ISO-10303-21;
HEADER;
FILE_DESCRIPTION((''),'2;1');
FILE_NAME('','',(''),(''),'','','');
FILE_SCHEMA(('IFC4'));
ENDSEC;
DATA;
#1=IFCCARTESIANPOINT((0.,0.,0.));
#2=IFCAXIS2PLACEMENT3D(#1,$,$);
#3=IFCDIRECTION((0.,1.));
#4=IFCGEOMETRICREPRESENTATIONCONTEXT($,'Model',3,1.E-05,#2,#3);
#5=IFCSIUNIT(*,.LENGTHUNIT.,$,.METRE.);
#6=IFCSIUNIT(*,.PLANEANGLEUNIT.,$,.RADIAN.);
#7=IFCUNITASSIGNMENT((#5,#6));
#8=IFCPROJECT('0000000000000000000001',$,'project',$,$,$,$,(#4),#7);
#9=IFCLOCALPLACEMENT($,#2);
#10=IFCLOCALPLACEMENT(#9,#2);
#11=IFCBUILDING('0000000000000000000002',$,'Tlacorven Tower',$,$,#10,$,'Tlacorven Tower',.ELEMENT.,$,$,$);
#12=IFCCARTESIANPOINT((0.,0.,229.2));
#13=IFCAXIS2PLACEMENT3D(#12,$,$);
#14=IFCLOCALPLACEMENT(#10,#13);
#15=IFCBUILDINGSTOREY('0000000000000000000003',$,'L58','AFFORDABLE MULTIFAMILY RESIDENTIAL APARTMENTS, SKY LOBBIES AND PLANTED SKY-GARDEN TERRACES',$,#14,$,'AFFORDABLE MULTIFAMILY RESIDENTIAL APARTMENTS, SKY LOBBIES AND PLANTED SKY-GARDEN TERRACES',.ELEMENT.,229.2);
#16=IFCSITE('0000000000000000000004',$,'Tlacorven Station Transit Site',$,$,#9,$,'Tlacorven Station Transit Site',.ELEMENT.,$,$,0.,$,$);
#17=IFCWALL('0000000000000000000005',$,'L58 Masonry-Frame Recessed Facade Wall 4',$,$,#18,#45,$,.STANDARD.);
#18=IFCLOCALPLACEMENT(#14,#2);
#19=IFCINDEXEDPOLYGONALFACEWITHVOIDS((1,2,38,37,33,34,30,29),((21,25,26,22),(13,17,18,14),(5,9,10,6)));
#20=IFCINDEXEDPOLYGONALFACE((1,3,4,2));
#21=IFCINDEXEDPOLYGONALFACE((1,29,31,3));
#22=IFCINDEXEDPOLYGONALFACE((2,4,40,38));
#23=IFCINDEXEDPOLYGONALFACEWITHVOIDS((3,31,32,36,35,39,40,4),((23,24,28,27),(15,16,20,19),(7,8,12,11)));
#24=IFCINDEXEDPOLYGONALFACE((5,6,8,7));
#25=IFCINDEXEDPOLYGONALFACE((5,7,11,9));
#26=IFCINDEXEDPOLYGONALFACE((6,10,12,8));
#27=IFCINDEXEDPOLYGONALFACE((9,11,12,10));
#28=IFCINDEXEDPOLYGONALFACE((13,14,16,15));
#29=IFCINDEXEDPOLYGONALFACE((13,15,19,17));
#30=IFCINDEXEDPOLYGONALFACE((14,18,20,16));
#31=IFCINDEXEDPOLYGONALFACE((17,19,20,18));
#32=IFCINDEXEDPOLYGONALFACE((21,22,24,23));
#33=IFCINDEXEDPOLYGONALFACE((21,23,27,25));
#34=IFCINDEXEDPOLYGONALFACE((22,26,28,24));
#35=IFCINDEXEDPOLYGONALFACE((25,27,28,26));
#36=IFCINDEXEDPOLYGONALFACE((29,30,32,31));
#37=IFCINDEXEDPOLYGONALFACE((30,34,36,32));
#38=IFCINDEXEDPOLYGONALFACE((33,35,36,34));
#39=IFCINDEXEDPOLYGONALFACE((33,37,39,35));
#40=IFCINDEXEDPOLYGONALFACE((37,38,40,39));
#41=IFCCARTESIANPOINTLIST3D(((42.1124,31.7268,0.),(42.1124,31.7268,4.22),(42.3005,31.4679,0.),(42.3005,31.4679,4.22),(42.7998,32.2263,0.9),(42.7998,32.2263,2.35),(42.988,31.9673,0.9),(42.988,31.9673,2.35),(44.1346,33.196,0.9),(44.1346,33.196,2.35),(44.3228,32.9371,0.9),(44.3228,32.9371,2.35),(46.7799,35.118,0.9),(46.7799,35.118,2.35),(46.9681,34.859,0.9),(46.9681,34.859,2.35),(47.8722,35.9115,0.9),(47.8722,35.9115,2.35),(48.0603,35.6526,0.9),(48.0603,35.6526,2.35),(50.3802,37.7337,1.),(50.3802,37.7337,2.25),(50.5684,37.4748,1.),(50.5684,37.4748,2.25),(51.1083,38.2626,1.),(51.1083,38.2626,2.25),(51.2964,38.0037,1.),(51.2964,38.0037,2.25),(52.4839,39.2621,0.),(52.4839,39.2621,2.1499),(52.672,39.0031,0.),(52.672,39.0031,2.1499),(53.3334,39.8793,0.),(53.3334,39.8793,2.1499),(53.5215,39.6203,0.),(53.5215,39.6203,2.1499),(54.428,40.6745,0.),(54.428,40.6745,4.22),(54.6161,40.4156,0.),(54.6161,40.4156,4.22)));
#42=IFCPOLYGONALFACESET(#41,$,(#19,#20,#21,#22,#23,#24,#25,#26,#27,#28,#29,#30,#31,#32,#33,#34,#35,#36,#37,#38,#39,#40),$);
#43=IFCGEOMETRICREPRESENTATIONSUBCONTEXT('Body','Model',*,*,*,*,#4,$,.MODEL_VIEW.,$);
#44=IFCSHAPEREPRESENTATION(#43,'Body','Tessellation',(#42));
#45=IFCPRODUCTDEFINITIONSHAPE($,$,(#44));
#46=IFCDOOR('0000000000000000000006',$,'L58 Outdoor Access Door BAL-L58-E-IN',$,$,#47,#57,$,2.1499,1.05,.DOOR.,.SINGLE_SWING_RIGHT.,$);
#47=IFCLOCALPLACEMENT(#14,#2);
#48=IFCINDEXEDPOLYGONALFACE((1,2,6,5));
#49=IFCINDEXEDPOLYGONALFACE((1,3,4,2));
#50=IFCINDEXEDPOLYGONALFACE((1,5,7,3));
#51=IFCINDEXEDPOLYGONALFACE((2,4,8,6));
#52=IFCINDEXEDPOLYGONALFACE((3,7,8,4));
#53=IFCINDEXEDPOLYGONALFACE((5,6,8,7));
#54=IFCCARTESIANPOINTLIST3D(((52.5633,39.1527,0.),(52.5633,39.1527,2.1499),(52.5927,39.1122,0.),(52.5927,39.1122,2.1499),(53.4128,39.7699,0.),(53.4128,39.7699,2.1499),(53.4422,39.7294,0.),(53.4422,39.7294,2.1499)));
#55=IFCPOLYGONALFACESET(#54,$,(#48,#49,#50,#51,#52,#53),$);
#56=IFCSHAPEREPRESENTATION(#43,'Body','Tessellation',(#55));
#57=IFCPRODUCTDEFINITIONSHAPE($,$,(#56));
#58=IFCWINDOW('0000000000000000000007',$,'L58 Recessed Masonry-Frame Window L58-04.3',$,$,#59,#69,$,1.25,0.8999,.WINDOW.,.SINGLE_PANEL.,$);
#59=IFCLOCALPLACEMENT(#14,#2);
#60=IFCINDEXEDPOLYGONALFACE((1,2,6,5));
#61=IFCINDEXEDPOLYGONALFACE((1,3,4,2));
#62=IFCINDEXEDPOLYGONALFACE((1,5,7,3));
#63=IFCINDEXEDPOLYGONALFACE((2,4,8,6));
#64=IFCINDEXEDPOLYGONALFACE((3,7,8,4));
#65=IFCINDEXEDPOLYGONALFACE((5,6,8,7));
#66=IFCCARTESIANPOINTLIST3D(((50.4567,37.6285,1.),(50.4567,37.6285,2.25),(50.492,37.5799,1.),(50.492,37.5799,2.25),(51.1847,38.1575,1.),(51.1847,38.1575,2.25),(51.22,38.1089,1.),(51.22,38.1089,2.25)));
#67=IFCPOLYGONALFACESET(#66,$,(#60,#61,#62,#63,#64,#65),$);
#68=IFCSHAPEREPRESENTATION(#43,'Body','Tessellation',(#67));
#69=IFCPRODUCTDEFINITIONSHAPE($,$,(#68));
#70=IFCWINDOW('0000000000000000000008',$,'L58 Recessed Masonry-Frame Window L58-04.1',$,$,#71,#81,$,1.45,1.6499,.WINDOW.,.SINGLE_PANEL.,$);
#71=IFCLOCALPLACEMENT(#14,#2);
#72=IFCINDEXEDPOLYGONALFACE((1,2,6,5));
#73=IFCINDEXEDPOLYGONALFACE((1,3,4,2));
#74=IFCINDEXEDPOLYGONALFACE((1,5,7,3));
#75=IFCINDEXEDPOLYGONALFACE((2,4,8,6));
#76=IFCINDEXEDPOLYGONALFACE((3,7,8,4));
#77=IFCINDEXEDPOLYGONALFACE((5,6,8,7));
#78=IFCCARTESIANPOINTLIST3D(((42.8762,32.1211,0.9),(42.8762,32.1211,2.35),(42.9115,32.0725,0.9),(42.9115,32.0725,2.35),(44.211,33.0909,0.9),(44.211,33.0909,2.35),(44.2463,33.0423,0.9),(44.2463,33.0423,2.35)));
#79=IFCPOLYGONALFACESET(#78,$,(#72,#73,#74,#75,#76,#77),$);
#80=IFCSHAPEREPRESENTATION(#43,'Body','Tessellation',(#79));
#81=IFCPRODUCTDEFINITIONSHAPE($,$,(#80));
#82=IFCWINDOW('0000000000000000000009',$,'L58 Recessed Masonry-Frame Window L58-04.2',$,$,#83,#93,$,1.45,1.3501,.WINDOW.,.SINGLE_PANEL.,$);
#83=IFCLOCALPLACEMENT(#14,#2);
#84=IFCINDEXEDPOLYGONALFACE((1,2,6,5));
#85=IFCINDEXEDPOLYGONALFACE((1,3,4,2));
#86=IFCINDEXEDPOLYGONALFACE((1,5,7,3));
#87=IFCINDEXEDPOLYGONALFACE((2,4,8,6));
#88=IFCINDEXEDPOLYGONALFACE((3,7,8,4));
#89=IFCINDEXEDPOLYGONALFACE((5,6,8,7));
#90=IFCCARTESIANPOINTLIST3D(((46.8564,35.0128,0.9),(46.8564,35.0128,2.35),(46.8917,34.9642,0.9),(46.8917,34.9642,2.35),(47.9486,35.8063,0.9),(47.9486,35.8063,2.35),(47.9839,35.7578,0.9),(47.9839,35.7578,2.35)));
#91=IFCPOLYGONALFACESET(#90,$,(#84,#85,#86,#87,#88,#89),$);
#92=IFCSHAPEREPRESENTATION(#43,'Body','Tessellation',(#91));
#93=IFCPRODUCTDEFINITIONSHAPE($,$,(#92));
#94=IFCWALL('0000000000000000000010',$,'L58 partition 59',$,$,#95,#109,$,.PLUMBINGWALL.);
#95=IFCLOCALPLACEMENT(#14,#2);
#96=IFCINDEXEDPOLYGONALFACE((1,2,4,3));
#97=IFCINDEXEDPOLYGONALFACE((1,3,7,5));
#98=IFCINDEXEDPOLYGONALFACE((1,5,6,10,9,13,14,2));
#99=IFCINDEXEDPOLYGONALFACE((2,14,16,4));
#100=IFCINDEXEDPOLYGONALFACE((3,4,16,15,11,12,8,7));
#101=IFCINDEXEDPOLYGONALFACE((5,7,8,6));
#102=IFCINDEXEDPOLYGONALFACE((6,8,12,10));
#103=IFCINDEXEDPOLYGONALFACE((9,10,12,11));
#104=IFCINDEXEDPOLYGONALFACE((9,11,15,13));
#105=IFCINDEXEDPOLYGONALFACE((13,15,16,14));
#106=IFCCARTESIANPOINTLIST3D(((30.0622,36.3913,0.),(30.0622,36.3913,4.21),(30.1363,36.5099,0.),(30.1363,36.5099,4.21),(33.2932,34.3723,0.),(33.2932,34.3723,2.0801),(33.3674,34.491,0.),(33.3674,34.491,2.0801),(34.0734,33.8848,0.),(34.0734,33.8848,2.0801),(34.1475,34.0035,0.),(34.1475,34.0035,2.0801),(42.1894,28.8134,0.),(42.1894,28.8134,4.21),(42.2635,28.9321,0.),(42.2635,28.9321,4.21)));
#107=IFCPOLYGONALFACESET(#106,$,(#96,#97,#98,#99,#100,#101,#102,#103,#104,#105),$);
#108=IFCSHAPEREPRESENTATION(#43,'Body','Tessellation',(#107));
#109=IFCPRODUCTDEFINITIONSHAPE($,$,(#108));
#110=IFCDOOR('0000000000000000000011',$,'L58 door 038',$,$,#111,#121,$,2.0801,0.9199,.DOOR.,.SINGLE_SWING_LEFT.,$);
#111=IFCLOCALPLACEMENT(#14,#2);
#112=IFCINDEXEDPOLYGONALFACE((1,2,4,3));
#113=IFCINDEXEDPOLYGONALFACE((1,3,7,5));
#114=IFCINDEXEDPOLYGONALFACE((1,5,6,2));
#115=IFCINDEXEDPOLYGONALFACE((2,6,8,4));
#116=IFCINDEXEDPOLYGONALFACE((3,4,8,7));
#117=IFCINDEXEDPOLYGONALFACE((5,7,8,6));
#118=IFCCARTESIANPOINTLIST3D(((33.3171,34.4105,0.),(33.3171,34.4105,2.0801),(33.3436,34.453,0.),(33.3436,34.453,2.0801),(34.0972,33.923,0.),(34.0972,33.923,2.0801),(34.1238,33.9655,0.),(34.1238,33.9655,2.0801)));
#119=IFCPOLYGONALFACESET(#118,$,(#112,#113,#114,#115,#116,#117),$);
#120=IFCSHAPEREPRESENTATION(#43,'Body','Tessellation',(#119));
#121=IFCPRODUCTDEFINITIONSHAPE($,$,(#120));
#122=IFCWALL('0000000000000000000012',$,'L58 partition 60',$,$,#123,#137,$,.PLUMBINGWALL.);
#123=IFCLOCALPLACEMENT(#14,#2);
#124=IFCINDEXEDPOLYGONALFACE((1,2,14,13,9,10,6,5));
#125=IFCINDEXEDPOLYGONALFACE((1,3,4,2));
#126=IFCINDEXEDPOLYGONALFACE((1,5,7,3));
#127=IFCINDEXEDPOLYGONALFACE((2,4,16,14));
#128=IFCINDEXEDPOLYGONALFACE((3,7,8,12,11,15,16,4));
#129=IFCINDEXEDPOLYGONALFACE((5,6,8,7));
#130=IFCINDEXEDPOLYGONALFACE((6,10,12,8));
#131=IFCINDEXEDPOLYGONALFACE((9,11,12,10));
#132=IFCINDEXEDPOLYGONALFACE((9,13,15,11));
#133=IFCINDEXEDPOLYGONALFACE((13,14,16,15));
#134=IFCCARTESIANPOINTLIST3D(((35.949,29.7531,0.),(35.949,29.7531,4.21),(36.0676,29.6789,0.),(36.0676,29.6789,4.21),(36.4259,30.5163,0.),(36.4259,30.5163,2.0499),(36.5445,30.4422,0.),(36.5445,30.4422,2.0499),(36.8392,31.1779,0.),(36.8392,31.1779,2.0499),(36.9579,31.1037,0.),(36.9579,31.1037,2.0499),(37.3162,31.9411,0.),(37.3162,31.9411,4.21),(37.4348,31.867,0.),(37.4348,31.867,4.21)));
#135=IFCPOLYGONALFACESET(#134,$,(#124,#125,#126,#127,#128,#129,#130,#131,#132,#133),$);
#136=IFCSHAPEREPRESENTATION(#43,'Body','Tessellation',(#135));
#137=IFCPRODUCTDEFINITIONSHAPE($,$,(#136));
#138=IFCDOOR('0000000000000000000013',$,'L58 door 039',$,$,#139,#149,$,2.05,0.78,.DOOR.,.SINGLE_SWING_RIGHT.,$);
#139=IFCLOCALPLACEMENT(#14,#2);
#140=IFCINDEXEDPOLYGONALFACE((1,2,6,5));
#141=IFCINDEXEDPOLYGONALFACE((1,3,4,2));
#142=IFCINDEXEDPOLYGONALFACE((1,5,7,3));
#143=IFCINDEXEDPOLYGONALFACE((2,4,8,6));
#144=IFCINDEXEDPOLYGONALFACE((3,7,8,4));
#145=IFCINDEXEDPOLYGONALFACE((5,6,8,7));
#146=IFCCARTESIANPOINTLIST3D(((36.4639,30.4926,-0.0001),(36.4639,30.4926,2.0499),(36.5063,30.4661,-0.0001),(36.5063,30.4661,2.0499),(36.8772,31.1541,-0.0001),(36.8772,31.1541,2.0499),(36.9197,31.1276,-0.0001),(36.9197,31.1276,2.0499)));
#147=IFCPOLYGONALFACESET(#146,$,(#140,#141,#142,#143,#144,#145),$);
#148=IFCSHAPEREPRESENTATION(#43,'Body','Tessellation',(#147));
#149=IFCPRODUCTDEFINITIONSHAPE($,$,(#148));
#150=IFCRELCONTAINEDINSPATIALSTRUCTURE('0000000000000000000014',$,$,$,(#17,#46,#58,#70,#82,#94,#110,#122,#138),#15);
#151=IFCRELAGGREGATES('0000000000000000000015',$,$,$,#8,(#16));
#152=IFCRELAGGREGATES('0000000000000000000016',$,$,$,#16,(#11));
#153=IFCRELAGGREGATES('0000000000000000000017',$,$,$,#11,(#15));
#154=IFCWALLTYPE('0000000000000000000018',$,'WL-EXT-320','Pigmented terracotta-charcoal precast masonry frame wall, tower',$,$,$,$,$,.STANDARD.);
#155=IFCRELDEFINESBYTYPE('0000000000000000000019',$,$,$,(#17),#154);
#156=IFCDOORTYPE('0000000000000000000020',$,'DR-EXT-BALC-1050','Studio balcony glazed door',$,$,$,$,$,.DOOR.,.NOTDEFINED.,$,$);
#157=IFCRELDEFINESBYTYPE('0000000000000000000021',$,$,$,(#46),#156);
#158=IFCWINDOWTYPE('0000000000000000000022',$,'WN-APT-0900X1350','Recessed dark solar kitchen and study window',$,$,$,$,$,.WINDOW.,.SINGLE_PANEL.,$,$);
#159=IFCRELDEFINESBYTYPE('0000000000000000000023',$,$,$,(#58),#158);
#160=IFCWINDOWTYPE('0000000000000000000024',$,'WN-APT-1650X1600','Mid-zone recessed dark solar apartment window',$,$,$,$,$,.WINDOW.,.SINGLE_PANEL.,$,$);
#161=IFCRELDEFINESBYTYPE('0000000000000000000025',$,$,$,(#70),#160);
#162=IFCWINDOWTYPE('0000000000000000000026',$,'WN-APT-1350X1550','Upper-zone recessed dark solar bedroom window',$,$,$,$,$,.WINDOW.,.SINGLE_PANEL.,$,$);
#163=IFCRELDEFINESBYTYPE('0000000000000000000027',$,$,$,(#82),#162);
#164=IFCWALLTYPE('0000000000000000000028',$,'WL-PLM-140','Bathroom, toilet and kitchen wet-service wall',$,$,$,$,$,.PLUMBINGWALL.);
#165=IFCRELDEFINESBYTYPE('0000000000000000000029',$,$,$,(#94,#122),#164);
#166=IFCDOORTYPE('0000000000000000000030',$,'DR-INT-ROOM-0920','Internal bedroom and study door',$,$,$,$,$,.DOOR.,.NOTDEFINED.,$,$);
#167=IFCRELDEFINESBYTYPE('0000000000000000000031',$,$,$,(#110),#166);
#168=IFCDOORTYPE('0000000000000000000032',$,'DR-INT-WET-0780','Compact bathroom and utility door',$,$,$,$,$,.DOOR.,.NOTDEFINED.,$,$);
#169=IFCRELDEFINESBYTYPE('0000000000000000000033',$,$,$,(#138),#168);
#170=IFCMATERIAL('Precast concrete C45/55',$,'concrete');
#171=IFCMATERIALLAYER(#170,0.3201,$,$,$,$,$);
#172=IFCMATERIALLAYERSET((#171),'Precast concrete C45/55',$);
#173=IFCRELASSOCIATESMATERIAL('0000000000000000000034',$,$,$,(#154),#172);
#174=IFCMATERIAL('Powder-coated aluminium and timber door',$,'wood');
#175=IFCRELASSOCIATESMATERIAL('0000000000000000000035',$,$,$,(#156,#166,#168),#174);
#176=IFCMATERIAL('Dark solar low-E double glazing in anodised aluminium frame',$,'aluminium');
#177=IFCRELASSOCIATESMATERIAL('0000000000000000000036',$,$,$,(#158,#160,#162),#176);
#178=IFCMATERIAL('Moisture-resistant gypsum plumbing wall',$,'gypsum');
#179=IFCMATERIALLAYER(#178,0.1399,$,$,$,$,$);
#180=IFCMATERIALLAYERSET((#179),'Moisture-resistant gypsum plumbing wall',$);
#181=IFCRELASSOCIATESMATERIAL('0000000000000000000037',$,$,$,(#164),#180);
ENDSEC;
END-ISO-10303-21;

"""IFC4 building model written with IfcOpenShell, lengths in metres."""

from ifc_helpers import new_model, si_unit, direction, frame, frame_2d, origin, place, context, subcontext, project, spatial, rectangle, extrude, source, transform, mapped, material, layer, layer_set, type_object, element, fill, save


model = new_model("IFC4")

# Units and contexts
model_context = context("Model", 3, precision=1e-05, world=origin(), true_north=direction((0.0, 1.0)))
body_context = subcontext(model_context, "Body", "Model", "MODEL_VIEW")
ifc_project = project(units=[si_unit("LENGTHUNIT", "METRE"), si_unit("PLANEANGLEUNIT", "RADIAN")], contexts=[model_context])

# Site, building, storey
site_placement = place(None, origin())
site = spatial("IfcSite", under=ifc_project, at=site_placement, Name="Tlacorven Station Transit Site", LongName="Tlacorven Station Transit Site", CompositionType="ELEMENT", RefElevation=0.0)
building_placement = place(site_placement, origin())
building = spatial("IfcBuilding", under=site, at=building_placement, Name="Tlacorven Tower", LongName="Tlacorven Tower", CompositionType="ELEMENT")
storey_placement = place(building_placement, frame((0.0, 0.0, 229.2)))
storey = spatial("IfcBuildingStorey", under=building, at=storey_placement, Name="L58", Description="AFFORDABLE MULTIFAMILY RESIDENTIAL APARTMENTS, SKY LOBBIES AND PLANTED SKY-GARDEN TERRACES", LongName="AFFORDABLE MULTIFAMILY RESIDENTIAL APARTMENTS, SKY LOBBIES AND PLANTED SKY-GARDEN TERRACES", CompositionType="ELEMENT", Elevation=229.2)

# Wall, openings, door, windows
ifc_material_1 = material(Name="Precast concrete C45/55", Category="concrete")
ifc_layer_1 = layer(ifc_material_1, 0.3201)
ifc_layer_set_1 = layer_set([ifc_layer_1], Name="Precast concrete C45/55")
wall_type_1 = type_object("IfcWallType", Name="WL-EXT-320", Description="Pigmented terracotta-charcoal precast masonry frame wall, tower", PredefinedType="STANDARD", material=ifc_layer_set_1)
wall_1_placement = place(storey_placement, frame((42.2065, 31.5974, 0.0), z_axis=(0.0, 0.0, 1.0), x_axis=(0.80902, 0.587781, 0.0)))
wall_1 = element("IfcWall", 1, at=wall_1_placement, inside=storey, type_object=wall_type_1, Name="L58 Masonry-Frame Recessed Facade Wall 4", PredefinedType="STANDARD", context=body_context, shape_type="SweptSolid", body=[
    extrude(rectangle(XDim=15.2229, YDim=0.3201, at=frame_2d((7.6113, 0.0))), origin(), (0.0, 0.0, 1.0), 4.22),
])
opening_1_placement = place(wall_1_placement, frame((12.8198, 0.0, 0.0)))
opening_1 = element("IfcOpeningElement", 2, at=opening_1_placement, cuts=wall_1, PredefinedType="OPENING", context=body_context, shape_type="SweptSolid", body=[
    extrude(rectangle(XDim=1.05, YDim=2.1499, at=frame_2d((0.5249, 1.075))), frame((0.0, 0.1699, 0.0), z_axis=(0.0, -1.0, 0.0), x_axis=(1.0, 0.0, 0.0)), (0.0, 0.0, 1.0), 0.3401),
])
opening_2_placement = place(wall_1_placement, frame((0.8496, 0.0, 0.8999)))
opening_2 = element("IfcOpeningElement", 3, at=opening_2_placement, cuts=wall_1, PredefinedType="OPENING", context=body_context, shape_type="SweptSolid", body=[
    extrude(rectangle(XDim=1.6499, YDim=1.45, at=frame_2d((0.825, 0.7251))), frame((0.0, 0.1699, 0.0), z_axis=(0.0, -1.0, 0.0), x_axis=(1.0, 0.0, 0.0)), (0.0, 0.0, 1.0), 0.3401),
])
opening_3_placement = place(wall_1_placement, frame((5.7693, 0.0, 0.8999)))
opening_3 = element("IfcOpeningElement", 4, at=opening_3_placement, cuts=wall_1, PredefinedType="OPENING", context=body_context, shape_type="SweptSolid", body=[
    extrude(rectangle(XDim=1.3501, YDim=1.45, at=frame_2d((0.675, 0.7251))), frame((0.0, 0.1699, 0.0), z_axis=(0.0, -1.0, 0.0), x_axis=(1.0, 0.0, 0.0)), (0.0, 0.0, 1.0), 0.3401),
])
opening_4_placement = place(wall_1_placement, frame((10.2195, 0.0, 1.0)))
opening_4 = element("IfcOpeningElement", 5, at=opening_4_placement, cuts=wall_1, PredefinedType="OPENING", context=body_context, shape_type="SweptSolid", body=[
    extrude(rectangle(XDim=0.8999, YDim=1.25, at=frame_2d((0.45, 0.625))), frame((0.0, 0.1699, 0.0), z_axis=(0.0, -1.0, 0.0), x_axis=(1.0, 0.0, 0.0)), (0.0, 0.0, 1.0), 0.3401),
])
ifc_material_2 = material(Name="Powder-coated aluminium and timber door", Category="wood")
door_type_1 = type_object("IfcDoorType", Name="DR-EXT-BALC-1050", Description="Studio balcony glazed door", OperationType="NOTDEFINED", PredefinedType="DOOR", material=ifc_material_2)
shared_shape_1 = source(origin(), body_context, "Body", "SweptSolid", [
    extrude(rectangle(XDim=1.05, YDim=2.1499, at=frame_2d((0.5249, 1.075))), frame((0.0, 0.0249, 0.0), z_axis=(0.0, -1.0, 0.0), x_axis=(1.0, 0.0, 0.0)), (0.0, 0.0, 1.0), 0.05),
])
door_1_placement = place(opening_1_placement, origin())
door_1 = element("IfcDoor", 6, at=door_1_placement, inside=storey, type_object=door_type_1, Name="L58 Outdoor Access Door BAL-L58-E-IN", OperationType="SINGLE_SWING_RIGHT", OverallHeight=2.1499, OverallWidth=1.05, PredefinedType="DOOR", context=body_context, shape_type="MappedRepresentation", body=[
    mapped(shared_shape_1, transform((0.0, 0.0, 0.0), scale=1.0)),
])
fill(opening_1, door_1)
ifc_material_3 = material(Name="Dark solar low-E double glazing in anodised aluminium frame", Category="aluminium")
window_type_1 = type_object("IfcWindowType", Name="WN-APT-0900X1350", Description="Recessed dark solar kitchen and study window", PartitioningType="SINGLE_PANEL", PredefinedType="WINDOW", material=ifc_material_3)
shared_shape_2 = source(origin(), body_context, "Body", "SweptSolid", [
    extrude(rectangle(XDim=0.8999, YDim=1.25, at=frame_2d((0.45, 0.625))), frame((0.0, 0.03, 0.0), z_axis=(0.0, -1.0, 0.0), x_axis=(1.0, 0.0, 0.0)), (0.0, 0.0, 1.0), 0.0601),
])
window_1_placement = place(opening_4_placement, origin())
window_1 = element("IfcWindow", 7, at=window_1_placement, inside=storey, type_object=window_type_1, Name="L58 Recessed Masonry-Frame Window L58-04.3", OverallHeight=1.25, OverallWidth=0.8999, PartitioningType="SINGLE_PANEL", PredefinedType="WINDOW", context=body_context, shape_type="MappedRepresentation", body=[
    mapped(shared_shape_2, transform((0.0, 0.0, 0.0), scale=1.0)),
])
fill(opening_4, window_1)
window_type_2 = type_object("IfcWindowType", Name="WN-APT-1650X1600", Description="Mid-zone recessed dark solar apartment window", PartitioningType="SINGLE_PANEL", PredefinedType="WINDOW", material=ifc_material_3)
shared_shape_3 = source(origin(), body_context, "Body", "SweptSolid", [
    extrude(rectangle(XDim=1.6499, YDim=1.45, at=frame_2d((0.825, 0.7251))), frame((0.0, 0.03, 0.0), z_axis=(0.0, -1.0, 0.0), x_axis=(1.0, 0.0, 0.0)), (0.0, 0.0, 1.0), 0.0601),
])
window_2_placement = place(opening_2_placement, origin())
window_2 = element("IfcWindow", 8, at=window_2_placement, inside=storey, type_object=window_type_2, Name="L58 Recessed Masonry-Frame Window L58-04.1", OverallHeight=1.45, OverallWidth=1.6499, PartitioningType="SINGLE_PANEL", PredefinedType="WINDOW", context=body_context, shape_type="MappedRepresentation", body=[
    mapped(shared_shape_3, transform((0.0, 0.0, 0.0), scale=1.0)),
])
fill(opening_2, window_2)
window_type_3 = type_object("IfcWindowType", Name="WN-APT-1350X1550", Description="Upper-zone recessed dark solar bedroom window", PartitioningType="SINGLE_PANEL", PredefinedType="WINDOW", material=ifc_material_3)
shared_shape_4 = source(origin(), body_context, "Body", "SweptSolid", [
    extrude(rectangle(XDim=1.3501, YDim=1.45, at=frame_2d((0.675, 0.7251))), frame((0.0, 0.03, 0.0), z_axis=(0.0, -1.0, 0.0), x_axis=(1.0, 0.0, 0.0)), (0.0, 0.0, 1.0), 0.0601),
])
window_3_placement = place(opening_3_placement, origin())
window_3 = element("IfcWindow", 9, at=window_3_placement, inside=storey, type_object=window_type_3, Name="L58 Recessed Masonry-Frame Window L58-04.2", OverallHeight=1.45, OverallWidth=1.3501, PartitioningType="SINGLE_PANEL", PredefinedType="WINDOW", context=body_context, shape_type="MappedRepresentation", body=[
    mapped(shared_shape_4, transform((0.0, 0.0, 0.0), scale=1.0)),
])
fill(opening_3, window_3)

# Walls, openings, doors
ifc_material_4 = material(Name="Moisture-resistant gypsum plumbing wall", Category="gypsum")
ifc_layer_2 = layer(ifc_material_4, 0.1399)
ifc_layer_set_2 = layer_set([ifc_layer_2], Name="Moisture-resistant gypsum plumbing wall")
wall_type_2 = type_object("IfcWallType", Name="WL-PLM-140", Description="Bathroom, toilet and kitchen wet-service wall", PredefinedType="PLUMBINGWALL", material=ifc_layer_set_2)
wall_2_placement = place(storey_placement, frame((42.2263, 28.8728, 0.0), z_axis=(0.0, 0.0, 1.0), x_axis=(-0.848049, 0.529918, 0.0)))
wall_2 = element("IfcWall", 10, at=wall_2_placement, inside=storey, type_object=wall_type_2, Name="L58 partition 59", PredefinedType="PLUMBINGWALL", context=body_context, shape_type="SweptSolid", body=[
    extrude(rectangle(XDim=14.3, YDim=0.1399, at=frame_2d((7.1499, 0.0))), origin(), (0.0, 0.0, 1.0), 4.21),
])
opening_5_placement = place(wall_2_placement, frame((9.5701, 0.0, 0.0)))
opening_5 = element("IfcOpeningElement", 11, at=opening_5_placement, cuts=wall_2, PredefinedType="OPENING", context=body_context, shape_type="SweptSolid", body=[
    extrude(rectangle(XDim=0.9199, YDim=2.0801, at=frame_2d((0.46, 1.04))), frame((0.0, 0.0801, 0.0), z_axis=(0.0, -1.0, 0.0), x_axis=(1.0, 0.0, 0.0)), (0.0, 0.0, 1.0), 0.1599),
])
door_type_2 = type_object("IfcDoorType", Name="DR-INT-ROOM-0920", Description="Internal bedroom and study door", OperationType="NOTDEFINED", PredefinedType="DOOR", material=ifc_material_2)
shared_shape_5 = source(origin(), body_context, "Body", "SweptSolid", [
    extrude(rectangle(XDim=0.9199, YDim=2.0801, at=frame_2d((0.46, 1.04))), frame((0.0, 0.0249, 0.0), z_axis=(0.0, -1.0, 0.0), x_axis=(1.0, 0.0, 0.0)), (0.0, 0.0, 1.0), 0.05),
])
door_2_placement = place(opening_5_placement, origin())
door_2 = element("IfcDoor", 12, at=door_2_placement, inside=storey, type_object=door_type_2, Name="L58 door 038", OperationType="SINGLE_SWING_LEFT", OverallHeight=2.0801, OverallWidth=0.9199, PredefinedType="DOOR", context=body_context, shape_type="MappedRepresentation", body=[
    mapped(shared_shape_5, transform((0.0, 0.0, 0.0), scale=1.0)),
])
fill(opening_5, door_2)
wall_3_placement = place(storey_placement, frame((37.3755, 31.9041, 0.0), z_axis=(0.0, 0.0, 1.0), x_axis=(-0.529914, -0.848051, 0.0)))
wall_3 = element("IfcWall", 13, at=wall_3_placement, inside=storey, type_object=wall_type_2, Name="L58 partition 60", PredefinedType="PLUMBINGWALL", context=body_context, shape_type="SweptSolid", body=[
    extrude(rectangle(XDim=2.5801, YDim=0.1399, at=frame_2d((1.29, 0.0))), origin(), (0.0, 0.0, 1.0), 4.21),
])
opening_6_placement = place(wall_3_placement, frame((0.8999, 0.0, 0.0)))
opening_6 = element("IfcOpeningElement", 14, at=opening_6_placement, cuts=wall_3, PredefinedType="OPENING", context=body_context, shape_type="SweptSolid", body=[
    extrude(rectangle(XDim=0.78, YDim=2.05, at=frame_2d((0.3901, 1.0249))), frame((0.0, 0.0801, 0.0), z_axis=(0.0, -1.0, 0.0), x_axis=(1.0, 0.0, 0.0)), (0.0, 0.0, 1.0), 0.1599),
])
door_type_3 = type_object("IfcDoorType", Name="DR-INT-WET-0780", Description="Compact bathroom and utility door", OperationType="NOTDEFINED", PredefinedType="DOOR", material=ifc_material_2)
shared_shape_6 = source(origin(), body_context, "Body", "SweptSolid", [
    extrude(rectangle(XDim=0.78, YDim=2.05, at=frame_2d((0.3901, 1.0249))), frame((0.0, 0.0249, 0.0), z_axis=(0.0, -1.0, 0.0), x_axis=(1.0, 0.0, 0.0)), (0.0, 0.0, 1.0), 0.05),
])
door_3_placement = place(opening_6_placement, origin())
door_3 = element("IfcDoor", 15, at=door_3_placement, inside=storey, type_object=door_type_3, Name="L58 door 039", OperationType="SINGLE_SWING_RIGHT", OverallHeight=2.05, OverallWidth=0.78, PredefinedType="DOOR", context=body_context, shape_type="MappedRepresentation", body=[
    mapped(shared_shape_6, transform((0.0, 0.0, 0.0), scale=1.0)),
])
fill(opening_6, door_3)

save(model, "model.ifc")
